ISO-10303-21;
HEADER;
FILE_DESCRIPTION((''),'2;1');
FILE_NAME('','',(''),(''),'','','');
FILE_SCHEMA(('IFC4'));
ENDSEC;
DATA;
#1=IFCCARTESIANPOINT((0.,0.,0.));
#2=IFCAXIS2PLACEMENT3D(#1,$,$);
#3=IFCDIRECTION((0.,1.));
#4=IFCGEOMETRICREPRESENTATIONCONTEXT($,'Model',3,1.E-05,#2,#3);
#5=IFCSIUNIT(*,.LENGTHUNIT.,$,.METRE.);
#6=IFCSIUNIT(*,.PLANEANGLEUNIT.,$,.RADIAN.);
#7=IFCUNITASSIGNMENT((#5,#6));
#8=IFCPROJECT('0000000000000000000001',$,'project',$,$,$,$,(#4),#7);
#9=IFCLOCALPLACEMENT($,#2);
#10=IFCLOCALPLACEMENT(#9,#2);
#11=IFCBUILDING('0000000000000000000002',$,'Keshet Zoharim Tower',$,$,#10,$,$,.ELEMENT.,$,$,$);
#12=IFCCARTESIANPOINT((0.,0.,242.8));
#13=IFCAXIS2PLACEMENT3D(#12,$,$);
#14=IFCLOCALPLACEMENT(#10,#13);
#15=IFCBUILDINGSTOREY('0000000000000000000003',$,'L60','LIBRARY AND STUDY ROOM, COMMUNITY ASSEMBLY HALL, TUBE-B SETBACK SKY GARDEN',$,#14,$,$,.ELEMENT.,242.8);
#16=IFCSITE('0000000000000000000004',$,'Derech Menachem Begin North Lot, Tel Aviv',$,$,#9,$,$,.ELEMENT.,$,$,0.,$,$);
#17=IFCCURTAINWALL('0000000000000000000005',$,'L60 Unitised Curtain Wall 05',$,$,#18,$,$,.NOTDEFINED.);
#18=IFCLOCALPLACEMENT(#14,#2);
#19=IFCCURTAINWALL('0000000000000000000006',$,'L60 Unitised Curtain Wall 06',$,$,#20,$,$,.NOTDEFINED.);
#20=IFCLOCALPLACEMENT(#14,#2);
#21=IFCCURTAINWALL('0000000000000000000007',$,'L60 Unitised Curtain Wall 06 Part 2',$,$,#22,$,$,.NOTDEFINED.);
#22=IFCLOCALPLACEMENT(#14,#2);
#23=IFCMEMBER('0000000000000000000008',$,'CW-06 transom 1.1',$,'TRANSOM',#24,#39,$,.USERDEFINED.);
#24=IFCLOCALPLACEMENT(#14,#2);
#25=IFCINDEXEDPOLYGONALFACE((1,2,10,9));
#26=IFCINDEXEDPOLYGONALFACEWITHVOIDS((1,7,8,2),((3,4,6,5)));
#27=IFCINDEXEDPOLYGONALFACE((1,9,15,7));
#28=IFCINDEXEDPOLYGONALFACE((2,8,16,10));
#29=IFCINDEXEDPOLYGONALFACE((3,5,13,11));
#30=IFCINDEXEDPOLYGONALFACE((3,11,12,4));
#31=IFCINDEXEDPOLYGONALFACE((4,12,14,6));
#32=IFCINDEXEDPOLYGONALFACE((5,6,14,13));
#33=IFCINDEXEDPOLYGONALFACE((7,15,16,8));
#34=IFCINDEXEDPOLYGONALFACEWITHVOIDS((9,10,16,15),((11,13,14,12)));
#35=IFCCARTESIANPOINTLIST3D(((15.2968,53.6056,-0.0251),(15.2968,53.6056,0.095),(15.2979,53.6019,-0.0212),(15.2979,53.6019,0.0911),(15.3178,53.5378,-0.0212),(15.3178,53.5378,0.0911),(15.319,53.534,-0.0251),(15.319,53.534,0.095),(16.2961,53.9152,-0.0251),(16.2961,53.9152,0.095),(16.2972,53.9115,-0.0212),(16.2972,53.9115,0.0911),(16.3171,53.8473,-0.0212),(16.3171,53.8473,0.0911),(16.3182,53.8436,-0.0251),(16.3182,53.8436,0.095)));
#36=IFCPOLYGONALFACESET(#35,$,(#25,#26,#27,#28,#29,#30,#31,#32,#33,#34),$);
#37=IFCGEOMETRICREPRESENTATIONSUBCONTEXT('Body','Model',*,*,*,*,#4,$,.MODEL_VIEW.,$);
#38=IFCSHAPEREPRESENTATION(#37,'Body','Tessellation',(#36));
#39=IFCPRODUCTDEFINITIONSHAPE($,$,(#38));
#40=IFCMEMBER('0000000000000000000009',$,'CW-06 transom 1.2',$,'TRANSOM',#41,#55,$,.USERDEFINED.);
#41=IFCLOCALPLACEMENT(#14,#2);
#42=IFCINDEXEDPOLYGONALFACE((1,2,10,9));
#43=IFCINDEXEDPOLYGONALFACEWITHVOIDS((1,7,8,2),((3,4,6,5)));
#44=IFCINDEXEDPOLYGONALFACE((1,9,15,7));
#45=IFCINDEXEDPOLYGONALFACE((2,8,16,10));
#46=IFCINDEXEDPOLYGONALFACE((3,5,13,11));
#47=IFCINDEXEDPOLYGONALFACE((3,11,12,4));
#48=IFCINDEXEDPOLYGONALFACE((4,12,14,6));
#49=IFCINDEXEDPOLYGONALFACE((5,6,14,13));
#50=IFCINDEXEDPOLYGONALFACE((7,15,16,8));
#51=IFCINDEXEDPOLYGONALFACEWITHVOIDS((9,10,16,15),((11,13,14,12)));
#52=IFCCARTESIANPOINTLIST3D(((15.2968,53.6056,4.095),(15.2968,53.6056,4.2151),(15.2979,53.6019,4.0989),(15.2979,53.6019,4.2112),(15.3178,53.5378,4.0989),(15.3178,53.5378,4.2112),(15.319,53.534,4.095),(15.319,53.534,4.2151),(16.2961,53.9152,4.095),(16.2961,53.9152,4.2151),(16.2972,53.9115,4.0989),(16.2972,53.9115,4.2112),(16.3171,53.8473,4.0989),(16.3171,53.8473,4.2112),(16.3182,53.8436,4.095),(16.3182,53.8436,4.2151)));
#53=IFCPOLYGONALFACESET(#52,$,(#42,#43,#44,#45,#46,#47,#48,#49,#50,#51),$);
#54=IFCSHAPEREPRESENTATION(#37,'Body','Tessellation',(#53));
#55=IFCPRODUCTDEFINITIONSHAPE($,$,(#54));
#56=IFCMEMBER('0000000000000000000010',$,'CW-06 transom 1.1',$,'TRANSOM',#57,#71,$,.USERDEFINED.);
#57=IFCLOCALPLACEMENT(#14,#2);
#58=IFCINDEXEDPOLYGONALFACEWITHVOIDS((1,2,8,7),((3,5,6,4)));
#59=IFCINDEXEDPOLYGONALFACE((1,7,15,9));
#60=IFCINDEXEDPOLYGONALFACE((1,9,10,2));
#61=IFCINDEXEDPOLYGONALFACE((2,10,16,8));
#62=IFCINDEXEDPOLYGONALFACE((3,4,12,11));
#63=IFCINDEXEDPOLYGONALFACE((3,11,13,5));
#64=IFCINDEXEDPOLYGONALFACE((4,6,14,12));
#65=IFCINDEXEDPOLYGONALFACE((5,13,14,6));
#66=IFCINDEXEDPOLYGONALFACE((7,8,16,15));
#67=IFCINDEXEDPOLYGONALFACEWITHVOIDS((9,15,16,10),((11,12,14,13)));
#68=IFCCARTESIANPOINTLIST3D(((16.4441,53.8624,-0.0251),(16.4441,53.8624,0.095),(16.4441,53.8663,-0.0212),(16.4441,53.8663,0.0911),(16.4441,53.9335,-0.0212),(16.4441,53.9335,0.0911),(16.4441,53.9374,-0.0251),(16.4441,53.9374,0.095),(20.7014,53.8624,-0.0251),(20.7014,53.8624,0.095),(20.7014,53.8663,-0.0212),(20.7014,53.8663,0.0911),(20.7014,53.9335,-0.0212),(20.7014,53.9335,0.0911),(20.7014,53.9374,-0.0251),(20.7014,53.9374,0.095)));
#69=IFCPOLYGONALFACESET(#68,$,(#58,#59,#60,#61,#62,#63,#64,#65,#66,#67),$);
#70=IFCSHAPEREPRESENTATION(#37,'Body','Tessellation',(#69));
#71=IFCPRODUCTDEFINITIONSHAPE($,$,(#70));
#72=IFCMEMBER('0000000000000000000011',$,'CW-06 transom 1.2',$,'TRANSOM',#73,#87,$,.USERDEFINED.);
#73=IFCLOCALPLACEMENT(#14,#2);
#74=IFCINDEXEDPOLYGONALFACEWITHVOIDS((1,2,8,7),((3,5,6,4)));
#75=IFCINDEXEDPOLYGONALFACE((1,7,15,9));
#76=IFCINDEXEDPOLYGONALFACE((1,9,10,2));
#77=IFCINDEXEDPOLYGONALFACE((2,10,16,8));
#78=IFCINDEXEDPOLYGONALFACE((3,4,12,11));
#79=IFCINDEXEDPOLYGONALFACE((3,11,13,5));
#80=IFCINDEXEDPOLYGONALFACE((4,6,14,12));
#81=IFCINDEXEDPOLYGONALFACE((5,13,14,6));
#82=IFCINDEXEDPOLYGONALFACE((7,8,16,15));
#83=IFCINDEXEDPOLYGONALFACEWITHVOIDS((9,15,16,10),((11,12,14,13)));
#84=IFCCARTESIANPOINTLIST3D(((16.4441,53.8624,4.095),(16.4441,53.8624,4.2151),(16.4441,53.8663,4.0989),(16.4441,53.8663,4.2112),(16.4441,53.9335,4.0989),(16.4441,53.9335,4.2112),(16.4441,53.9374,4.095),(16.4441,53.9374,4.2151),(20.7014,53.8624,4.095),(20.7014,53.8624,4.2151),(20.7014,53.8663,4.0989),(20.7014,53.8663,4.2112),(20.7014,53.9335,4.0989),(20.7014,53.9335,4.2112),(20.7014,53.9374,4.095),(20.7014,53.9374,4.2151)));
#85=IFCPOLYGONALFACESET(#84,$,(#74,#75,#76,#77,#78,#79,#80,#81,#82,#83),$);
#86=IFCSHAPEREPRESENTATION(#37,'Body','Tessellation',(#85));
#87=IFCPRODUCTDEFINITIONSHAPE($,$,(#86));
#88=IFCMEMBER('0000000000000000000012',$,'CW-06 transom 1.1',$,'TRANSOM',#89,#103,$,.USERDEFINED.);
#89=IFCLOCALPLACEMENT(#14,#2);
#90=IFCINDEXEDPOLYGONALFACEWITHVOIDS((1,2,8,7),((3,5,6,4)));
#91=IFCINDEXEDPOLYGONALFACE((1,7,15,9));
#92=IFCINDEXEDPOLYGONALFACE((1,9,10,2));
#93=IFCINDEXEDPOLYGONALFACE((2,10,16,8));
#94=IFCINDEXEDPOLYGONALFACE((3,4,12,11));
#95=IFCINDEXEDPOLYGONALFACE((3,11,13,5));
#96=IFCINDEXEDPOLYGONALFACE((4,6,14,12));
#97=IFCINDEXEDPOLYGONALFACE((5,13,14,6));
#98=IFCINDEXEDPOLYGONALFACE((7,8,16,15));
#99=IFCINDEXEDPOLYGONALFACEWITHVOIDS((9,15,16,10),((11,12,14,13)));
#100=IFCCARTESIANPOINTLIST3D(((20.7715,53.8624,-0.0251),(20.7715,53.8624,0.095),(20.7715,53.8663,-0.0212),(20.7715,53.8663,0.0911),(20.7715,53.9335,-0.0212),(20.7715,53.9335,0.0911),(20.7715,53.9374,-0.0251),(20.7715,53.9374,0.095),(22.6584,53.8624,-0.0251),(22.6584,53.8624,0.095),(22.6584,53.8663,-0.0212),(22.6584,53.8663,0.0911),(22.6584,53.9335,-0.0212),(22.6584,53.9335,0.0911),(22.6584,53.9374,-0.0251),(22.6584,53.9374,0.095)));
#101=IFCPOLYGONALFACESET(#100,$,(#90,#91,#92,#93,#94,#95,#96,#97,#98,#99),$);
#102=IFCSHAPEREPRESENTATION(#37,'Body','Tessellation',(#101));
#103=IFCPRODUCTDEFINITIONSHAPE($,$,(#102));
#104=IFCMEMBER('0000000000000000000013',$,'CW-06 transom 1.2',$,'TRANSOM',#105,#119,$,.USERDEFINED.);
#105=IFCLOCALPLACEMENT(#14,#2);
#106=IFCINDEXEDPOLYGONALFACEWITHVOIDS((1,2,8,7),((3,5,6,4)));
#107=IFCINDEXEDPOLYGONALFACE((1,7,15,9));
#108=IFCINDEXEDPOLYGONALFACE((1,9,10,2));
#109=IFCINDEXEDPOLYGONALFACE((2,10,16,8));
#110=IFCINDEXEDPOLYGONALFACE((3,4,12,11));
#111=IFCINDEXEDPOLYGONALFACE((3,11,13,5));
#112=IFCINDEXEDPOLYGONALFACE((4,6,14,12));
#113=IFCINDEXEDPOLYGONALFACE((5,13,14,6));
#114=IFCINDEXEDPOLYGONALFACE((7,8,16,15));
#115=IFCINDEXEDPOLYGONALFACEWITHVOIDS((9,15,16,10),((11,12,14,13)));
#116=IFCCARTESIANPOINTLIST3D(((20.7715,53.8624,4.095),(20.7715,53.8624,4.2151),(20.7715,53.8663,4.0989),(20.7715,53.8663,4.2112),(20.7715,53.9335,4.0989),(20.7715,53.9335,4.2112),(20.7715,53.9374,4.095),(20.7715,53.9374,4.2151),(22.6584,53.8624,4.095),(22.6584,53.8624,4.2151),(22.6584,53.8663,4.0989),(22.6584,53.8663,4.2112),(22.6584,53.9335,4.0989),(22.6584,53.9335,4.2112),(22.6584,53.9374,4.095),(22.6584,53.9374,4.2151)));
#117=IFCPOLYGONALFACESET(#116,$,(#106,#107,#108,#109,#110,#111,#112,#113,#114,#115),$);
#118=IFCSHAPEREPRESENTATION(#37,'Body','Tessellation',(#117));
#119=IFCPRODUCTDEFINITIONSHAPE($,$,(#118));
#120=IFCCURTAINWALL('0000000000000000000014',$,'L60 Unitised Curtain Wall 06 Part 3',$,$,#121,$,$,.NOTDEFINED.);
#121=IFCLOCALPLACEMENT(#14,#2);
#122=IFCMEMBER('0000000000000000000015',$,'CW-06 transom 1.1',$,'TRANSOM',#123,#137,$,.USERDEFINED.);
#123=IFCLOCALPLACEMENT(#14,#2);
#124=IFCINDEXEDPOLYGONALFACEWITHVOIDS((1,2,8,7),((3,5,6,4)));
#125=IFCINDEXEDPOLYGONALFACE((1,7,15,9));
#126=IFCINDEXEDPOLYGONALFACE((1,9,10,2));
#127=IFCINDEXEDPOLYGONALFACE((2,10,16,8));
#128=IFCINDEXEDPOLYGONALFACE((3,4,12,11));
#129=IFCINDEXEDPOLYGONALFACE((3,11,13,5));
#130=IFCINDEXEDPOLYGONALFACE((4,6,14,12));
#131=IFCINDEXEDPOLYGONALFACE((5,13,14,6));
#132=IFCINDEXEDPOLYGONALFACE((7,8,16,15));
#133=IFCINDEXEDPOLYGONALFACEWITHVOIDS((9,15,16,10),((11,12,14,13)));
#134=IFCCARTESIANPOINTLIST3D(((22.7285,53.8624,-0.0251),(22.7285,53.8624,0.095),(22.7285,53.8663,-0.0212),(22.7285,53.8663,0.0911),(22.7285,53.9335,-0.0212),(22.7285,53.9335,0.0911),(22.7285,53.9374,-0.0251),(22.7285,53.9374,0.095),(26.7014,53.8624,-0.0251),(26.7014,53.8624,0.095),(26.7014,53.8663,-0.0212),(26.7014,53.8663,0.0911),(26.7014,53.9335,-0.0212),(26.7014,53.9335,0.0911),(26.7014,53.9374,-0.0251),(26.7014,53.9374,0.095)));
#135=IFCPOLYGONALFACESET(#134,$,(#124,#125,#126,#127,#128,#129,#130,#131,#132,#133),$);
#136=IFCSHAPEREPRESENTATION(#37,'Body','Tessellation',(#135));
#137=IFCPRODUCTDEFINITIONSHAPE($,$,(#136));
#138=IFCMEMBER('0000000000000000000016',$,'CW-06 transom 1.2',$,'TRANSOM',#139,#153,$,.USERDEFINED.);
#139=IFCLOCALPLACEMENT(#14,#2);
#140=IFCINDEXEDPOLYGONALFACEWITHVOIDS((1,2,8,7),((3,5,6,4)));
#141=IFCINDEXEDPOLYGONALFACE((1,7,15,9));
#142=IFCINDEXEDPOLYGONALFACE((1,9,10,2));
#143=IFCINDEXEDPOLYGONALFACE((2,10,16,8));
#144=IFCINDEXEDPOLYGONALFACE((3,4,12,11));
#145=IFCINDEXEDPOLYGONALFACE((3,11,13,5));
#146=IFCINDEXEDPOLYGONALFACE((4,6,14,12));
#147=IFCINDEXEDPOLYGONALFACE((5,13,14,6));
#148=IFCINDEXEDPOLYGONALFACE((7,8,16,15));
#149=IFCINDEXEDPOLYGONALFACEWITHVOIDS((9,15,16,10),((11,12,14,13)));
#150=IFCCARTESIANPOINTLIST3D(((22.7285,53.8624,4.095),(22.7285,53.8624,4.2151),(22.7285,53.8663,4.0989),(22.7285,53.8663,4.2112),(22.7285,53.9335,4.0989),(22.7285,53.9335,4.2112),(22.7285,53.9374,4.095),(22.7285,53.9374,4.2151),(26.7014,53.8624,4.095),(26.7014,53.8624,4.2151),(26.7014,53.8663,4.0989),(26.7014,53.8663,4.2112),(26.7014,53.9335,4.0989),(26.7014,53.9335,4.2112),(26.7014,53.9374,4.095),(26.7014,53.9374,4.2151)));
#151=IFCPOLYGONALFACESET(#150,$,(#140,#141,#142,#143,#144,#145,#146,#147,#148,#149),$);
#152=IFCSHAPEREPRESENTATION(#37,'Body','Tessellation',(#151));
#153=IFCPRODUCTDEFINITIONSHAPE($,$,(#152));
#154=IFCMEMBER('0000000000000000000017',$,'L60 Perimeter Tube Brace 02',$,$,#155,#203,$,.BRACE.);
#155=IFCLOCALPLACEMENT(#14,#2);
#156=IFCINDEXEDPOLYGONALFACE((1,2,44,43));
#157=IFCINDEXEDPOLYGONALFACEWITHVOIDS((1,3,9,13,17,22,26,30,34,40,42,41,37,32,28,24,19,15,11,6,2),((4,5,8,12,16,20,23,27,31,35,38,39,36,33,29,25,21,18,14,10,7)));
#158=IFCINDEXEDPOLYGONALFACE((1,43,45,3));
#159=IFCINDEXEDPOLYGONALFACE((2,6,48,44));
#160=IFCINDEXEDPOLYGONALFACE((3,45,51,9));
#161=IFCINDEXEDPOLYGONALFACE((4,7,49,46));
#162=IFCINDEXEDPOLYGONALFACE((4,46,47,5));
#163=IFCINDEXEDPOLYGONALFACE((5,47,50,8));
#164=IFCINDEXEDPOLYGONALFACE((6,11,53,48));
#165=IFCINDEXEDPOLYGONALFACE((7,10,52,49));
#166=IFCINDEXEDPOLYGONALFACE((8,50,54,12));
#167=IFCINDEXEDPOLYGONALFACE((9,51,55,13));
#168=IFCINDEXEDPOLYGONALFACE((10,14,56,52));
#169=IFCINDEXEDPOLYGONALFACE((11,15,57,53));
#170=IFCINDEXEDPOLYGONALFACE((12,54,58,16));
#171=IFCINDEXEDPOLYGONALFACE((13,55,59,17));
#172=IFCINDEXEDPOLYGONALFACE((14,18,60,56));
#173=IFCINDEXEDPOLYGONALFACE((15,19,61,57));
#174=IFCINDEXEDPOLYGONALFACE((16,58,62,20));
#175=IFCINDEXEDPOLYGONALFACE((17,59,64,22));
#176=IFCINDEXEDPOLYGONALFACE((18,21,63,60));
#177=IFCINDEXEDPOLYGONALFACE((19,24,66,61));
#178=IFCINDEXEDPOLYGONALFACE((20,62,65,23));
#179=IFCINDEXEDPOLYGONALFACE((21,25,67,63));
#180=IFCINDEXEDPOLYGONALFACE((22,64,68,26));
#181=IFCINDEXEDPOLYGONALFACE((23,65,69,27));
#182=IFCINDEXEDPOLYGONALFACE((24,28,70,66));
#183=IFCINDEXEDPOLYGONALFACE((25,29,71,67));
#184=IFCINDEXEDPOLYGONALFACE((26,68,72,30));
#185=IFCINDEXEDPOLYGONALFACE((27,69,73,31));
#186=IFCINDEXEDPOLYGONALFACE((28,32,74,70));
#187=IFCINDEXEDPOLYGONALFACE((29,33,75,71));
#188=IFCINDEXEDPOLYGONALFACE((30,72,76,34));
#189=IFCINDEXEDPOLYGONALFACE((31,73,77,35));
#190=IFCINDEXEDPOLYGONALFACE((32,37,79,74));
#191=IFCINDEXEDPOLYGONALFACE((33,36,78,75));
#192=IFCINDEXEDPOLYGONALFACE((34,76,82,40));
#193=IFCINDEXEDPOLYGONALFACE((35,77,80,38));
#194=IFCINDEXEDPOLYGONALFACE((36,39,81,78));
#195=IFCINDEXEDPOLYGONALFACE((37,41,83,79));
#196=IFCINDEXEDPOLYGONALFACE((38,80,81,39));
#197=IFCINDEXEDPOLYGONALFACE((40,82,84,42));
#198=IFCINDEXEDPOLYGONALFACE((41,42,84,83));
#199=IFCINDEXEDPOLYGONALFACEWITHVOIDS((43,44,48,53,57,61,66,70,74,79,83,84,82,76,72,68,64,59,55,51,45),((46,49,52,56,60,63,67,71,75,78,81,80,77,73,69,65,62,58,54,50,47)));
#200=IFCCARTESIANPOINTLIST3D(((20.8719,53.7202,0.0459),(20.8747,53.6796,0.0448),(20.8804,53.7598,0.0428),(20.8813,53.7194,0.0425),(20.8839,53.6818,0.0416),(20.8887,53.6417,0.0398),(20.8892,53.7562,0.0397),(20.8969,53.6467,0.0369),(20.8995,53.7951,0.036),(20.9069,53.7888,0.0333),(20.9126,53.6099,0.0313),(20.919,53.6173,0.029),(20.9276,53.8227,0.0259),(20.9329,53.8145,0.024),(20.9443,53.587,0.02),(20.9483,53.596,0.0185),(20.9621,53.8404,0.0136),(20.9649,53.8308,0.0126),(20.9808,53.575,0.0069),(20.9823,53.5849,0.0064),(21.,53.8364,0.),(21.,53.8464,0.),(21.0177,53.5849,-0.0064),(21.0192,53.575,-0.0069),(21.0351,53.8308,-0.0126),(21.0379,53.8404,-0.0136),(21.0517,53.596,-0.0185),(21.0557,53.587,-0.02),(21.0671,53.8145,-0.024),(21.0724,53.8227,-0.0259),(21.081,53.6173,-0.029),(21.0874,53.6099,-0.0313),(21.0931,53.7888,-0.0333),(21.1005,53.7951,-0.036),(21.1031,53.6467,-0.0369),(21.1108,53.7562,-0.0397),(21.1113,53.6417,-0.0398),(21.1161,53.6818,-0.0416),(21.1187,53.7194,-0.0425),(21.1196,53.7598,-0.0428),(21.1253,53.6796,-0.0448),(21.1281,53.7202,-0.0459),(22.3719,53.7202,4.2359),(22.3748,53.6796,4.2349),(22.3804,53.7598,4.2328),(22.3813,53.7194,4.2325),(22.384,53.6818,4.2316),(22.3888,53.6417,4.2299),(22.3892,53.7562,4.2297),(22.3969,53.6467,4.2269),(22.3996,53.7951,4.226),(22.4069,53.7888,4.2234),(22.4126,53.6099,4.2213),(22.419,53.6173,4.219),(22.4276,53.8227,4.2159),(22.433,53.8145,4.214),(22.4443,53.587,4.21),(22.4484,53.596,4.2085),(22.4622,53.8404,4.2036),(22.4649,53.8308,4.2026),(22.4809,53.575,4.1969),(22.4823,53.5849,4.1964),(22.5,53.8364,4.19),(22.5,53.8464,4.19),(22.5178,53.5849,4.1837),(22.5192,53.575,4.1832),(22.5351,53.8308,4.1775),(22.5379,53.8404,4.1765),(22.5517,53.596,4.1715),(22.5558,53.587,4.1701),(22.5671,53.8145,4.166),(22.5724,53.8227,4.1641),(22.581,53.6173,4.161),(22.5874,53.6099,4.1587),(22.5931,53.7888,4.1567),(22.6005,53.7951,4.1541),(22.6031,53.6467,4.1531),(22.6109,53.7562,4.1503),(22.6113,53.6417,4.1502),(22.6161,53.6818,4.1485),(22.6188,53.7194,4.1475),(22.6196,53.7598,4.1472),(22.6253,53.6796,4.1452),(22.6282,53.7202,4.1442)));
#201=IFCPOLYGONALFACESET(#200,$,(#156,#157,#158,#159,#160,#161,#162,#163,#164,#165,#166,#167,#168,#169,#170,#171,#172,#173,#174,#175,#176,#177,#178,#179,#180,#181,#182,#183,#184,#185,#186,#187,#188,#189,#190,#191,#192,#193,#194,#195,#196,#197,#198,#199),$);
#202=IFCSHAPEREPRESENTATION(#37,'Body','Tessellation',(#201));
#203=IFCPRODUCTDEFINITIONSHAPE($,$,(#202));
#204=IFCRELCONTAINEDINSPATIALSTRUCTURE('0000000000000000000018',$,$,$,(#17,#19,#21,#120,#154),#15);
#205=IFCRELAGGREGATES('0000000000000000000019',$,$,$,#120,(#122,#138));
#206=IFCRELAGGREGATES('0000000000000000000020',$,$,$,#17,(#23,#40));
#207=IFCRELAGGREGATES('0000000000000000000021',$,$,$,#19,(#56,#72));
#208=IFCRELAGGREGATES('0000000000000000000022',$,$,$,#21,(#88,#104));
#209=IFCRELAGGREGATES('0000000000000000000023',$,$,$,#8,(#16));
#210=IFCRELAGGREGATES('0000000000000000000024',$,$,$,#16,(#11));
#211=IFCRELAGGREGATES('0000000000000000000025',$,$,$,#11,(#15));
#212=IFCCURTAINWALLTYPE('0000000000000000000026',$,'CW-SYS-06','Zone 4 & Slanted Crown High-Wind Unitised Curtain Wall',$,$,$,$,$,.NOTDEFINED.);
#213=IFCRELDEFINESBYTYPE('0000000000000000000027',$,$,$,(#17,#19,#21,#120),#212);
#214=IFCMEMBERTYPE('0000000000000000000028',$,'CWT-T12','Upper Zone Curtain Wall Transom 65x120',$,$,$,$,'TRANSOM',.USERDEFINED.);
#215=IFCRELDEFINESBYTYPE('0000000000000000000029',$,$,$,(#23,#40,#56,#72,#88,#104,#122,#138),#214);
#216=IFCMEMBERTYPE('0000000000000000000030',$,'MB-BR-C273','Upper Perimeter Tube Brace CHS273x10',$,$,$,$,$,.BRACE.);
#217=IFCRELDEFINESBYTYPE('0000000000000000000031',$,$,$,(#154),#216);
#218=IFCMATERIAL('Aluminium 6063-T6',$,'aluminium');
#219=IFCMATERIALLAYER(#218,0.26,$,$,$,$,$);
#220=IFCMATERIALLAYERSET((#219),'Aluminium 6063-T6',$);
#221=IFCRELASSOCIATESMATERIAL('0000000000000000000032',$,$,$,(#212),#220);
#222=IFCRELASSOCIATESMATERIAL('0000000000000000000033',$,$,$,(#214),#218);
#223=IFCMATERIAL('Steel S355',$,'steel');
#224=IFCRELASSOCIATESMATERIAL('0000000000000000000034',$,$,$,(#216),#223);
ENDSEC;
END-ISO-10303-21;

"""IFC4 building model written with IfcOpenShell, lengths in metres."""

from ifc_helpers import new_model, si_unit, direction, frame, origin, origin_2d, place, context, subcontext, project, spatial, hollow_rectangle, hollow_circle, extrude, material, layer, layer_set, material_profile, profile_set, type_object, element, aggregate, save


model = new_model("IFC4")

# Units and contexts
model_context = context("Model", 3, precision=1e-05, world=origin(), true_north=direction((0.0, 1.0)))
body_context = subcontext(model_context, "Body", "Model", "MODEL_VIEW")
ifc_project = project(units=[si_unit("LENGTHUNIT", "METRE"), si_unit("PLANEANGLEUNIT", "RADIAN")], contexts=[model_context])

# Site, building, storey
site_placement = place(None, origin())
site = spatial("IfcSite", under=ifc_project, at=site_placement, Name="Derech Menachem Begin North Lot, Tel Aviv", CompositionType="ELEMENT", RefElevation=0.0)
building_placement = place(site_placement, origin())
building = spatial("IfcBuilding", under=site, at=building_placement, Name="Keshet Zoharim Tower", CompositionType="ELEMENT")
storey_placement = place(building_placement, frame((0.0, 0.0, 242.8)))
storey = spatial("IfcBuildingStorey", under=building, at=storey_placement, Name="L60", Description="LIBRARY AND STUDY ROOM, COMMUNITY ASSEMBLY HALL, TUBE-B SETBACK SKY GARDEN", CompositionType="ELEMENT", Elevation=242.8)

# Shared definitions
ifc_material_1 = material(Name="Steel S355", Category="steel")

# Curtain walls
ifc_material_2 = material(Name="Aluminium 6063-T6", Category="aluminium")
ifc_layer_1 = layer(ifc_material_2, 0.26)
ifc_layer_set_1 = layer_set([ifc_layer_1], Name="Aluminium 6063-T6")
curtain_wall_type = type_object("IfcCurtainWallType", Name="CW-SYS-06", Description="Zone 4 & Slanted Crown High-Wind Unitised Curtain Wall", PredefinedType="NOTDEFINED", material=ifc_layer_set_1)
curtain_wall_1_placement = place(storey_placement, origin())
curtain_wall_1 = element("IfcCurtainWall", 1, at=curtain_wall_1_placement, inside=storey, type_object=curtain_wall_type, Name="L60 Unitised Curtain Wall 05", PredefinedType="NOTDEFINED")
curtain_wall_2_placement = place(storey_placement, origin())
curtain_wall_2 = element("IfcCurtainWall", 2, at=curtain_wall_2_placement, inside=storey, type_object=curtain_wall_type, Name="L60 Unitised Curtain Wall 06", PredefinedType="NOTDEFINED")

# Curtain wall
curtain_wall_3_placement = place(storey_placement, origin())
curtain_wall_3 = element("IfcCurtainWall", 3, at=curtain_wall_3_placement, inside=storey, type_object=curtain_wall_type, Name="L60 Unitised Curtain Wall 06 Part 2", PredefinedType="NOTDEFINED")

# Members
ifc_material_profile_1 = material_profile(ifc_material_2, hollow_rectangle(XDim=0.075, YDim=0.1201, WallThickness=0.0039, at=origin_2d()), Name="TRN-75x120")
ifc_profile_set_1 = profile_set([ifc_material_profile_1], Name="Aluminium 6063-T6")
member_type_1 = type_object("IfcMemberType", Name="CWT-T12", Description="Upper Zone Curtain Wall Transom 65x120", ElementType="TRANSOM", PredefinedType="USERDEFINED", material=ifc_profile_set_1)
member_1_placement = place(storey_placement, frame((15.3079, 53.5698, 0.0349), z_axis=(0.955212, 0.295922, 0.0), x_axis=(-0.295922, 0.955212, 0.0)))
member_1 = element("IfcMember", 4, at=member_1_placement, type_object=member_type_1, Name="CW-06 transom 1.1", ObjectType="TRANSOM", PredefinedType="USERDEFINED", context=body_context, shape_type="SweptSolid", body=[
    extrude(hollow_rectangle(XDim=0.075, YDim=0.1201, WallThickness=0.0039, at=origin_2d()), origin(), (0.0, 0.0, 1.0), 1.0461),
])
member_2_placement = place(storey_placement, frame((15.3079, 53.5698, 4.155), z_axis=(0.955212, 0.295922, 0.0), x_axis=(-0.295922, 0.955212, 0.0)))
member_2 = element("IfcMember", 5, at=member_2_placement, type_object=member_type_1, Name="CW-06 transom 1.2", ObjectType="TRANSOM", PredefinedType="USERDEFINED", context=body_context, shape_type="SweptSolid", body=[
    extrude(hollow_rectangle(XDim=0.075, YDim=0.1201, WallThickness=0.0039, at=origin_2d()), origin(), (0.0, 0.0, 1.0), 1.0461),
])
member_3_placement = place(storey_placement, frame((16.4441, 53.8999, 0.0349), z_axis=(1.0, 0.0, 0.0), x_axis=(0.0, 1.0, 0.0)))
member_3 = element("IfcMember", 6, at=member_3_placement, type_object=member_type_1, Name="CW-06 transom 1.1", ObjectType="TRANSOM", PredefinedType="USERDEFINED", context=body_context, shape_type="SweptSolid", body=[
    extrude(hollow_rectangle(XDim=0.075, YDim=0.1201, WallThickness=0.0039, at=origin_2d()), origin(), (0.0, 0.0, 1.0), 4.2573),
])
member_4_placement = place(storey_placement, frame((16.4441, 53.8999, 4.155), z_axis=(1.0, 0.0, 0.0), x_axis=(0.0, 1.0, 0.0)))
member_4 = element("IfcMember", 7, at=member_4_placement, type_object=member_type_1, Name="CW-06 transom 1.2", ObjectType="TRANSOM", PredefinedType="USERDEFINED", context=body_context, shape_type="SweptSolid", body=[
    extrude(hollow_rectangle(XDim=0.075, YDim=0.1201, WallThickness=0.0039, at=origin_2d()), origin(), (0.0, 0.0, 1.0), 4.2573),
])
member_5_placement = place(storey_placement, frame((20.7715, 53.8999, 0.0349), z_axis=(1.0, 0.0, 0.0), x_axis=(0.0, 1.0, 0.0)))
member_5 = element("IfcMember", 8, at=member_5_placement, type_object=member_type_1, Name="CW-06 transom 1.1", ObjectType="TRANSOM", PredefinedType="USERDEFINED", context=body_context, shape_type="SweptSolid", body=[
    extrude(hollow_rectangle(XDim=0.075, YDim=0.1201, WallThickness=0.0039, at=origin_2d()), origin(), (0.0, 0.0, 1.0), 1.887),
])
member_6_placement = place(storey_placement, frame((20.7715, 53.8999, 4.155), z_axis=(1.0, 0.0, 0.0), x_axis=(0.0, 1.0, 0.0)))
member_6 = element("IfcMember", 9, at=member_6_placement, type_object=member_type_1, Name="CW-06 transom 1.2", ObjectType="TRANSOM", PredefinedType="USERDEFINED", context=body_context, shape_type="SweptSolid", body=[
    extrude(hollow_rectangle(XDim=0.075, YDim=0.1201, WallThickness=0.0039, at=origin_2d()), origin(), (0.0, 0.0, 1.0), 1.887),
])

# Curtain wall, members
curtain_wall_4_placement = place(storey_placement, origin())
curtain_wall_4 = element("IfcCurtainWall", 10, at=curtain_wall_4_placement, inside=storey, type_object=curtain_wall_type, Name="L60 Unitised Curtain Wall 06 Part 3", PredefinedType="NOTDEFINED")
member_7_placement = place(storey_placement, frame((22.7285, 53.8999, 0.0349), z_axis=(1.0, 0.0, 0.0), x_axis=(0.0, 1.0, 0.0)))
member_7 = element("IfcMember", 11, at=member_7_placement, type_object=member_type_1, Name="CW-06 transom 1.1", ObjectType="TRANSOM", PredefinedType="USERDEFINED", context=body_context, shape_type="SweptSolid", body=[
    extrude(hollow_rectangle(XDim=0.075, YDim=0.1201, WallThickness=0.0039, at=origin_2d()), origin(), (0.0, 0.0, 1.0), 3.9729),
])
member_8_placement = place(storey_placement, frame((22.7285, 53.8999, 4.155), z_axis=(1.0, 0.0, 0.0), x_axis=(0.0, 1.0, 0.0)))
member_8 = element("IfcMember", 12, at=member_8_placement, type_object=member_type_1, Name="CW-06 transom 1.2", ObjectType="TRANSOM", PredefinedType="USERDEFINED", context=body_context, shape_type="SweptSolid", body=[
    extrude(hollow_rectangle(XDim=0.075, YDim=0.1201, WallThickness=0.0039, at=origin_2d()), origin(), (0.0, 0.0, 1.0), 3.9729),
])
aggregate(curtain_wall_4, [member_7, member_8])

# Member
ifc_material_profile_2 = material_profile(ifc_material_1, hollow_circle(Radius=0.1365, WallThickness=0.01, at=origin_2d()), Name="CHS273x10")
ifc_profile_set_2 = profile_set([ifc_material_profile_2], Name="Steel S355")
member_type_2 = type_object("IfcMemberType", Name="MB-BR-C273", Description="Upper Perimeter Tube Brace CHS273x10", PredefinedType="BRACE", material=ifc_profile_set_2)
member_9_placement = place(storey_placement, frame((21.0, 53.71, 0.0), z_axis=(0.337052, 0.0, 0.941486), x_axis=(0.0, 1.0, 0.0)))
element("IfcMember", 13, at=member_9_placement, inside=storey, type_object=member_type_2, Name="L60 Perimeter Tube Brace 02", PredefinedType="BRACE", context=body_context, shape_type="SweptSolid", body=[
    extrude(hollow_circle(Radius=0.1365, WallThickness=0.01, at=origin_2d()), origin(), (0.0, 0.0, 1.0), 4.4504),
])

aggregate(curtain_wall_1, [member_1, member_2])
aggregate(curtain_wall_2, [member_3, member_4])
aggregate(curtain_wall_3, [member_5, member_6])

save(model, "model.ifc")
